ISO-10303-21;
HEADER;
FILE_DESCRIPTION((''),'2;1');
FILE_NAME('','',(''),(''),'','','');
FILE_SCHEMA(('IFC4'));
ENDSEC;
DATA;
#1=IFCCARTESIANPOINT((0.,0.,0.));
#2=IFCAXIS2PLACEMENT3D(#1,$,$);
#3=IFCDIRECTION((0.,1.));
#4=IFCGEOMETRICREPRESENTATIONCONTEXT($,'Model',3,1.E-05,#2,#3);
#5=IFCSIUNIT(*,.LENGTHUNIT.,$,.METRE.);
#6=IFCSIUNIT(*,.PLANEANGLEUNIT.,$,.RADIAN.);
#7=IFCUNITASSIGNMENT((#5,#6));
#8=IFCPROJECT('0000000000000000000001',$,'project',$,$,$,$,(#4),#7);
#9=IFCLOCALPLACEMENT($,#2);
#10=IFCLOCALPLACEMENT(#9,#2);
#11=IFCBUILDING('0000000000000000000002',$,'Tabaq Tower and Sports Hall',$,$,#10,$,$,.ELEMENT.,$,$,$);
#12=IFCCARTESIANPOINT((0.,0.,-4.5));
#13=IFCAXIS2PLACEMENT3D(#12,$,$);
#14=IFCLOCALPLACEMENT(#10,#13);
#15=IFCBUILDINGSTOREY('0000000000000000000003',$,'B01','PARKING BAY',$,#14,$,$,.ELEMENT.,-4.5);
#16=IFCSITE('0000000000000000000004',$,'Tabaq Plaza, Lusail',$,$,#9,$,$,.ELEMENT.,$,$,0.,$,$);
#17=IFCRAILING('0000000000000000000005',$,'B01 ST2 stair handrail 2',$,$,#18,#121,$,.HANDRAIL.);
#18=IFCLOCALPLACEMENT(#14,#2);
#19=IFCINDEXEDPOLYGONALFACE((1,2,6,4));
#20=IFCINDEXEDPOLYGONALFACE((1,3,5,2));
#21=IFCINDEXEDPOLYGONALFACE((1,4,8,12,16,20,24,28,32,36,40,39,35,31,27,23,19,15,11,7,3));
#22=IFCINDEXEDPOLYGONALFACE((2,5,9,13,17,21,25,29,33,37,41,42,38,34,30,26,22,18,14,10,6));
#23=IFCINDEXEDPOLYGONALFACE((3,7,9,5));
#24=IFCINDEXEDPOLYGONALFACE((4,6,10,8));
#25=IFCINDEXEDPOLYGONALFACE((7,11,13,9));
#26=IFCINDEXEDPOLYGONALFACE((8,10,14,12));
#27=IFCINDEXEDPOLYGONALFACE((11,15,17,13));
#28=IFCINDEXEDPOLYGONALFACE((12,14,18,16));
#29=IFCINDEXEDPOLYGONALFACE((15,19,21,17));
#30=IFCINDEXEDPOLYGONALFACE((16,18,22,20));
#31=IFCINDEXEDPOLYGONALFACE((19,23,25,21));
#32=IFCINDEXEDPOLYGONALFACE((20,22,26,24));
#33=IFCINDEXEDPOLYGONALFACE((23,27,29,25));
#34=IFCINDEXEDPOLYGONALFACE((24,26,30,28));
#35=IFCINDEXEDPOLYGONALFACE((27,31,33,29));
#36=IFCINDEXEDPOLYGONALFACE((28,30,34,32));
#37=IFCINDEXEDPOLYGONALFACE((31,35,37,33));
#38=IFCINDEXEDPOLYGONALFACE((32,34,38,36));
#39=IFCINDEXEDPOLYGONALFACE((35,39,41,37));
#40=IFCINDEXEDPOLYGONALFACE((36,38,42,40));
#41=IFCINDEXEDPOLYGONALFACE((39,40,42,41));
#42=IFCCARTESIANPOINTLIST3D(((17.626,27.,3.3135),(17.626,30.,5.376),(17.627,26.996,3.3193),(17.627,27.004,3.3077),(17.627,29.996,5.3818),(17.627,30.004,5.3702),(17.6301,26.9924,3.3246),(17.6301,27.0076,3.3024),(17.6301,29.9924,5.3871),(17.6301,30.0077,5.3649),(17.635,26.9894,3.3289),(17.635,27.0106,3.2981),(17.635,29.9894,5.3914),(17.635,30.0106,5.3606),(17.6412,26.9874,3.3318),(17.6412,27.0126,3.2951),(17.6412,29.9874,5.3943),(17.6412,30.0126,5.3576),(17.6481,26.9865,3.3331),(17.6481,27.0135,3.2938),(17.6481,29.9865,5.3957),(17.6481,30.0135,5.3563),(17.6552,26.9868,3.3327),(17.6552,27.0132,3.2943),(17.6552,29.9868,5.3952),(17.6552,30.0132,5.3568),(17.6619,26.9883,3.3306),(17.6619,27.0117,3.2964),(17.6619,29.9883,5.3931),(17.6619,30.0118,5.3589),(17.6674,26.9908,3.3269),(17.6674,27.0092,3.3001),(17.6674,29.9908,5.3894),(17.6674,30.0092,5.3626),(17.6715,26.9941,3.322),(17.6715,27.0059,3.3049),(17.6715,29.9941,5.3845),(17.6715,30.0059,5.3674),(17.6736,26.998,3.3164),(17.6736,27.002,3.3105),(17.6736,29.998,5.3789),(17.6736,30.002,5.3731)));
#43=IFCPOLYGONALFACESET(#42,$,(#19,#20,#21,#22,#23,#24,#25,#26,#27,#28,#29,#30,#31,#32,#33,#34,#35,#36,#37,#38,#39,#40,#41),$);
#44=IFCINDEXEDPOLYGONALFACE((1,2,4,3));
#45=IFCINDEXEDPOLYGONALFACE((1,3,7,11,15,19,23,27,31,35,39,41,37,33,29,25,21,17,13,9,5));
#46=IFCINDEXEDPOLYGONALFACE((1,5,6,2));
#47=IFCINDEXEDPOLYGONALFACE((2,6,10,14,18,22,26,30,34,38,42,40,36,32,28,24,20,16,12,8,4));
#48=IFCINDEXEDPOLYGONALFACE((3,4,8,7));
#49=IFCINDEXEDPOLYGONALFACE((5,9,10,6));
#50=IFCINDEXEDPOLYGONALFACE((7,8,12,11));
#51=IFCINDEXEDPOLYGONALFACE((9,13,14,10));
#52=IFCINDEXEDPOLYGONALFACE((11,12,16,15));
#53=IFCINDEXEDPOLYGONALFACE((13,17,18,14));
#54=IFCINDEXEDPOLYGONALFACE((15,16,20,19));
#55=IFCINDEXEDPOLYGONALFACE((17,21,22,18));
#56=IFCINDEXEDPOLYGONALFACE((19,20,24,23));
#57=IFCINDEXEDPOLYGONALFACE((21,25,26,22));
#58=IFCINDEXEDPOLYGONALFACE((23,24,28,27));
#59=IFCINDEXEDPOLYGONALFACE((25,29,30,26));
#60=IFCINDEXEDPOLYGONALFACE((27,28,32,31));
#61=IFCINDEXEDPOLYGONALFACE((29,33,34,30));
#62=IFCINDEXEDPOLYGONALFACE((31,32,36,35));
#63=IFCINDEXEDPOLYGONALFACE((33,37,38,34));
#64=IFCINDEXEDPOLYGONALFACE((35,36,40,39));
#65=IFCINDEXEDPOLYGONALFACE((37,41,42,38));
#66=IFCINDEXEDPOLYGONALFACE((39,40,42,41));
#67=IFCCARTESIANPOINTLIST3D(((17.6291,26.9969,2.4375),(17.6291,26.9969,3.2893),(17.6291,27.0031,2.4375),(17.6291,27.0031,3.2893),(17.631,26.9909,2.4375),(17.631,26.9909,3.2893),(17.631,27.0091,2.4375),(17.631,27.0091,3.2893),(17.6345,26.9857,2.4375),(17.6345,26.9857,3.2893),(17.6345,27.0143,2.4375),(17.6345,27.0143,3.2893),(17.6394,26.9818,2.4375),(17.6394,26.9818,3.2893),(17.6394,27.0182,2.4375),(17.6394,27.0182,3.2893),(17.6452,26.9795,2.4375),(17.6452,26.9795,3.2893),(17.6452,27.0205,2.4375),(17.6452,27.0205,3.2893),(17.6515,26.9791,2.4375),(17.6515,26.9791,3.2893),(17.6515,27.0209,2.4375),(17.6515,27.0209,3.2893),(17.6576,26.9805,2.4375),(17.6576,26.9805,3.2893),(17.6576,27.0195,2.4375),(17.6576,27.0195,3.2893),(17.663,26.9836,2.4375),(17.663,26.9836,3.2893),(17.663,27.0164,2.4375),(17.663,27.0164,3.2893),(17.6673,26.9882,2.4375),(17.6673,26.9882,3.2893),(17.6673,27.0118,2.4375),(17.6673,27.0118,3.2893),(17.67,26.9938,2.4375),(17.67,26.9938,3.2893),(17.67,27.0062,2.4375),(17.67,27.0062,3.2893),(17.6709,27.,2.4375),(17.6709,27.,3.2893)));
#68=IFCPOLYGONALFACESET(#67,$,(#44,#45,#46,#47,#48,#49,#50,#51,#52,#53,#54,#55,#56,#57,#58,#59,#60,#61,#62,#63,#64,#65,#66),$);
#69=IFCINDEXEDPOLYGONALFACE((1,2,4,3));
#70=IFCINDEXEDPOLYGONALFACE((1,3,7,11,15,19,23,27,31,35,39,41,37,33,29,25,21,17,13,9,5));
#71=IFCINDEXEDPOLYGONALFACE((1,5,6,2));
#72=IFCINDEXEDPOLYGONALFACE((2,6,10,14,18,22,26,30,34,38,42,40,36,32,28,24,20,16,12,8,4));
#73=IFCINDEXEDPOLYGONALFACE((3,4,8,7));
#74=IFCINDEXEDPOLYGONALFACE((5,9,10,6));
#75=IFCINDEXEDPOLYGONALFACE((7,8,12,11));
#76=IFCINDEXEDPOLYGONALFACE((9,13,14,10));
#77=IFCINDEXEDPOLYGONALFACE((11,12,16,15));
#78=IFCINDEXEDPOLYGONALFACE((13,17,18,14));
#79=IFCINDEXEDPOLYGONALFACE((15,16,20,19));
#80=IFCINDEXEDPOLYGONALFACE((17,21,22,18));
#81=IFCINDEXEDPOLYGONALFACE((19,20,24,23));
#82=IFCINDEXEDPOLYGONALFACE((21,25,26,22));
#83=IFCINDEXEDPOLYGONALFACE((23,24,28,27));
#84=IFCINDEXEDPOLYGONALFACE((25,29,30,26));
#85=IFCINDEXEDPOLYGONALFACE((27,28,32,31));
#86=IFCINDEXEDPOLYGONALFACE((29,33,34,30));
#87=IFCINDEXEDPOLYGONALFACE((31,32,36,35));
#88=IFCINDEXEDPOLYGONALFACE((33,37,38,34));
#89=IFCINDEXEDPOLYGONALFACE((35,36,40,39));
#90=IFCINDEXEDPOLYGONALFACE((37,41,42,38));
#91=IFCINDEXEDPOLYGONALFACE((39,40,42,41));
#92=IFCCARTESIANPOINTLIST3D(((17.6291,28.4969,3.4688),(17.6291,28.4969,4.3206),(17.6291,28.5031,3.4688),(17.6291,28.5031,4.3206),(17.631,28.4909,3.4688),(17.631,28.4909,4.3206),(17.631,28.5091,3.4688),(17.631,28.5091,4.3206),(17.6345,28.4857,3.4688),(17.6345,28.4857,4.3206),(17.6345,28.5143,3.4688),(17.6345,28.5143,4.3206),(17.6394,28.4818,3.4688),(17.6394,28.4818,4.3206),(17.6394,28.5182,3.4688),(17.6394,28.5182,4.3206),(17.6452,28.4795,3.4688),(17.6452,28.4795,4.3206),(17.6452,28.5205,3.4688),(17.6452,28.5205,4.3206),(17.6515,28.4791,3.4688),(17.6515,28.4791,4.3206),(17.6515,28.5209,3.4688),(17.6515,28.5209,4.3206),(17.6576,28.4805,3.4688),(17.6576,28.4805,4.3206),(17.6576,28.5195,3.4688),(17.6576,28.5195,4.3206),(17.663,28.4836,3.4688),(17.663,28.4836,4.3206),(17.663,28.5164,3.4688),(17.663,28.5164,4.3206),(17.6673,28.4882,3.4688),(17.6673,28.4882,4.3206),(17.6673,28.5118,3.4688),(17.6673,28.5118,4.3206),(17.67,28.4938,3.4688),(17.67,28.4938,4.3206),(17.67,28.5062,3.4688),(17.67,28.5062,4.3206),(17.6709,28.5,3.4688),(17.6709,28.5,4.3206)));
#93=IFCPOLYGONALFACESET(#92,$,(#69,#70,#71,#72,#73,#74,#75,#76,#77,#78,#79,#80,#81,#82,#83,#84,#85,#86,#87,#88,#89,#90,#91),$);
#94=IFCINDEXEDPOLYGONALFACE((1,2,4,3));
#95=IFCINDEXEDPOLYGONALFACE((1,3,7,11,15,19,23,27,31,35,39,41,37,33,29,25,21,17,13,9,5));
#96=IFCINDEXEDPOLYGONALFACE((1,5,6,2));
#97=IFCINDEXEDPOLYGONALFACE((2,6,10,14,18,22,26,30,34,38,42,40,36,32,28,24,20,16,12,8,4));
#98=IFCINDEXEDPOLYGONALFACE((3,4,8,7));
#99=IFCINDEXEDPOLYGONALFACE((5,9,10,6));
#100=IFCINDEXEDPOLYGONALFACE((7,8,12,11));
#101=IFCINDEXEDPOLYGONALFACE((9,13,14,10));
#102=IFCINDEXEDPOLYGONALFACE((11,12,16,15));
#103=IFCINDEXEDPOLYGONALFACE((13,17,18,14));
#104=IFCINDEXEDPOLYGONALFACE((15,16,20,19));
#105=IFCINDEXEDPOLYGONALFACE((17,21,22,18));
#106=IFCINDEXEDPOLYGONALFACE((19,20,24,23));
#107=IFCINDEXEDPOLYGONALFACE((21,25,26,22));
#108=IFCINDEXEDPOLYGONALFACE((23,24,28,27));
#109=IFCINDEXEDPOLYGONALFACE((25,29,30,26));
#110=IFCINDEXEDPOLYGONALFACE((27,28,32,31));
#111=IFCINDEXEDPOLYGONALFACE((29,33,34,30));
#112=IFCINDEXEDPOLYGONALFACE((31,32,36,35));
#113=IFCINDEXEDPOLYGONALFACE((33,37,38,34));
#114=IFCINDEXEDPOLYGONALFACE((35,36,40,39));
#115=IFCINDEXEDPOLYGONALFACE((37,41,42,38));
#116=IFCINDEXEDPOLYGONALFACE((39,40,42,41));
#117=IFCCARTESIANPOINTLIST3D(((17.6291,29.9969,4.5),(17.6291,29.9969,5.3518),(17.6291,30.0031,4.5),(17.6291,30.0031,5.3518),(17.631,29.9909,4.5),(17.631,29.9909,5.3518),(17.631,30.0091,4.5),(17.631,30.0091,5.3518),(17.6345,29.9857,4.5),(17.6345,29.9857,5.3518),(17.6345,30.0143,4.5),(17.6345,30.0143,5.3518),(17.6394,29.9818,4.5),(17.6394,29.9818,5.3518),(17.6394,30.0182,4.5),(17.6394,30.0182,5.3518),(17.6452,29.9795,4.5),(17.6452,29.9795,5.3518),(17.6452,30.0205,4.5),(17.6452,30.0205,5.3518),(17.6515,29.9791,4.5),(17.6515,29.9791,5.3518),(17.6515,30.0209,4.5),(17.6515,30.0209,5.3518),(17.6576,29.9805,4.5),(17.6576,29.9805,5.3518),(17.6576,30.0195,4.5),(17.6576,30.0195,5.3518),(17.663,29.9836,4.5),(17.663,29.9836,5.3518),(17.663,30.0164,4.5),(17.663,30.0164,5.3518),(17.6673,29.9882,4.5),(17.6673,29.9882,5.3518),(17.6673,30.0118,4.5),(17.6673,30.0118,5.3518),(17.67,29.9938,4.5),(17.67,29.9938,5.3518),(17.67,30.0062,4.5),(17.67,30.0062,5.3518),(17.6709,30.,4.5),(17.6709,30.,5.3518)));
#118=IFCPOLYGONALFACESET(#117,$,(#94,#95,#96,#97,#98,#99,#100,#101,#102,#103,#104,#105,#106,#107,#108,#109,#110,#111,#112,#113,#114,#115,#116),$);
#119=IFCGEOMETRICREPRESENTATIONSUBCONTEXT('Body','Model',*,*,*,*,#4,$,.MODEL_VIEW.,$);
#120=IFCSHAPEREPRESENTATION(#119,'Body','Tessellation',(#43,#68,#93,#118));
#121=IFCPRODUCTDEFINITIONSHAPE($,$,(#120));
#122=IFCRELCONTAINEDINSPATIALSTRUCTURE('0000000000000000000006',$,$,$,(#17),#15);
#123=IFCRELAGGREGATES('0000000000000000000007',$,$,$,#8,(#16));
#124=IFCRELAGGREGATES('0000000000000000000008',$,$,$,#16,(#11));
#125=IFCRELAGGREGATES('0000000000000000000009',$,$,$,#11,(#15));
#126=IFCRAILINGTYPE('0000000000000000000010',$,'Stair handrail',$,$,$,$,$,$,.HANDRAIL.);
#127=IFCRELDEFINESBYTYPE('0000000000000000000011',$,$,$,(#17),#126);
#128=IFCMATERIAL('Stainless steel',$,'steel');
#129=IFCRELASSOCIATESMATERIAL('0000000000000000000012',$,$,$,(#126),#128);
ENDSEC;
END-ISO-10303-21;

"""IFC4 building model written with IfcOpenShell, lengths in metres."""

from ifc_helpers import new_model, si_unit, direction, frame, origin, origin_2d, place, context, subcontext, project, spatial, circle, extrude, material, type_object, element, save


model = new_model("IFC4")

# Units and contexts
model_context = context("Model", 3, precision=1e-05, world=origin(), true_north=direction((0.0, 1.0)))
body_context = subcontext(model_context, "Body", "Model", "MODEL_VIEW")
ifc_project = project(units=[si_unit("LENGTHUNIT", "METRE"), si_unit("PLANEANGLEUNIT", "RADIAN")], contexts=[model_context])

# Site, building, storey
site_placement = place(None, origin())
site = spatial("IfcSite", under=ifc_project, at=site_placement, Name="Tabaq Plaza, Lusail", CompositionType="ELEMENT", RefElevation=0.0)
building_placement = place(site_placement, origin())
building = spatial("IfcBuilding", under=site, at=building_placement, Name="Tabaq Tower and Sports Hall", CompositionType="ELEMENT")
storey_placement = place(building_placement, frame((0.0, 0.0, -4.5)))
storey = spatial("IfcBuildingStorey", under=building, at=storey_placement, Name="B01", Description="PARKING BAY", CompositionType="ELEMENT", Elevation=-4.5)

# Railing
ifc_material_1 = material(Name="Stainless steel", Category="steel")
railing_type_1 = type_object("IfcRailingType", Name="Stair handrail", PredefinedType="HANDRAIL", material=ifc_material_1)
railing_1_placement = place(storey_placement, frame((17.6499, 27.0, 2.4375)))
element("IfcRailing", 1, at=railing_1_placement, inside=storey, type_object=railing_type_1, Name="B01 ST2 stair handrail 2", PredefinedType="HANDRAIL", context=body_context, shape_type="SweptSolid", body=[
    extrude(circle(Radius=0.0239, at=origin_2d()), frame((0.0, 0.0, 0.876), z_axis=(0.0, 0.824042, 0.566529), x_axis=(-1.0, 0.0, 0.0)), (0.0, 0.0, 1.0), 3.6406),
    extrude(circle(Radius=0.021, at=origin_2d()), origin(), (0.0, 0.0, 1.0), 0.8518),
    extrude(circle(Radius=0.021, at=origin_2d()), frame((0.0, 1.5, 1.0312)), (0.0, 0.0, 1.0), 0.8518),
    extrude(circle(Radius=0.021, at=origin_2d()), frame((0.0, 3.0, 2.0625)), (0.0, 0.0, 1.0), 0.8518),
])

save(model, "model.ifc")
